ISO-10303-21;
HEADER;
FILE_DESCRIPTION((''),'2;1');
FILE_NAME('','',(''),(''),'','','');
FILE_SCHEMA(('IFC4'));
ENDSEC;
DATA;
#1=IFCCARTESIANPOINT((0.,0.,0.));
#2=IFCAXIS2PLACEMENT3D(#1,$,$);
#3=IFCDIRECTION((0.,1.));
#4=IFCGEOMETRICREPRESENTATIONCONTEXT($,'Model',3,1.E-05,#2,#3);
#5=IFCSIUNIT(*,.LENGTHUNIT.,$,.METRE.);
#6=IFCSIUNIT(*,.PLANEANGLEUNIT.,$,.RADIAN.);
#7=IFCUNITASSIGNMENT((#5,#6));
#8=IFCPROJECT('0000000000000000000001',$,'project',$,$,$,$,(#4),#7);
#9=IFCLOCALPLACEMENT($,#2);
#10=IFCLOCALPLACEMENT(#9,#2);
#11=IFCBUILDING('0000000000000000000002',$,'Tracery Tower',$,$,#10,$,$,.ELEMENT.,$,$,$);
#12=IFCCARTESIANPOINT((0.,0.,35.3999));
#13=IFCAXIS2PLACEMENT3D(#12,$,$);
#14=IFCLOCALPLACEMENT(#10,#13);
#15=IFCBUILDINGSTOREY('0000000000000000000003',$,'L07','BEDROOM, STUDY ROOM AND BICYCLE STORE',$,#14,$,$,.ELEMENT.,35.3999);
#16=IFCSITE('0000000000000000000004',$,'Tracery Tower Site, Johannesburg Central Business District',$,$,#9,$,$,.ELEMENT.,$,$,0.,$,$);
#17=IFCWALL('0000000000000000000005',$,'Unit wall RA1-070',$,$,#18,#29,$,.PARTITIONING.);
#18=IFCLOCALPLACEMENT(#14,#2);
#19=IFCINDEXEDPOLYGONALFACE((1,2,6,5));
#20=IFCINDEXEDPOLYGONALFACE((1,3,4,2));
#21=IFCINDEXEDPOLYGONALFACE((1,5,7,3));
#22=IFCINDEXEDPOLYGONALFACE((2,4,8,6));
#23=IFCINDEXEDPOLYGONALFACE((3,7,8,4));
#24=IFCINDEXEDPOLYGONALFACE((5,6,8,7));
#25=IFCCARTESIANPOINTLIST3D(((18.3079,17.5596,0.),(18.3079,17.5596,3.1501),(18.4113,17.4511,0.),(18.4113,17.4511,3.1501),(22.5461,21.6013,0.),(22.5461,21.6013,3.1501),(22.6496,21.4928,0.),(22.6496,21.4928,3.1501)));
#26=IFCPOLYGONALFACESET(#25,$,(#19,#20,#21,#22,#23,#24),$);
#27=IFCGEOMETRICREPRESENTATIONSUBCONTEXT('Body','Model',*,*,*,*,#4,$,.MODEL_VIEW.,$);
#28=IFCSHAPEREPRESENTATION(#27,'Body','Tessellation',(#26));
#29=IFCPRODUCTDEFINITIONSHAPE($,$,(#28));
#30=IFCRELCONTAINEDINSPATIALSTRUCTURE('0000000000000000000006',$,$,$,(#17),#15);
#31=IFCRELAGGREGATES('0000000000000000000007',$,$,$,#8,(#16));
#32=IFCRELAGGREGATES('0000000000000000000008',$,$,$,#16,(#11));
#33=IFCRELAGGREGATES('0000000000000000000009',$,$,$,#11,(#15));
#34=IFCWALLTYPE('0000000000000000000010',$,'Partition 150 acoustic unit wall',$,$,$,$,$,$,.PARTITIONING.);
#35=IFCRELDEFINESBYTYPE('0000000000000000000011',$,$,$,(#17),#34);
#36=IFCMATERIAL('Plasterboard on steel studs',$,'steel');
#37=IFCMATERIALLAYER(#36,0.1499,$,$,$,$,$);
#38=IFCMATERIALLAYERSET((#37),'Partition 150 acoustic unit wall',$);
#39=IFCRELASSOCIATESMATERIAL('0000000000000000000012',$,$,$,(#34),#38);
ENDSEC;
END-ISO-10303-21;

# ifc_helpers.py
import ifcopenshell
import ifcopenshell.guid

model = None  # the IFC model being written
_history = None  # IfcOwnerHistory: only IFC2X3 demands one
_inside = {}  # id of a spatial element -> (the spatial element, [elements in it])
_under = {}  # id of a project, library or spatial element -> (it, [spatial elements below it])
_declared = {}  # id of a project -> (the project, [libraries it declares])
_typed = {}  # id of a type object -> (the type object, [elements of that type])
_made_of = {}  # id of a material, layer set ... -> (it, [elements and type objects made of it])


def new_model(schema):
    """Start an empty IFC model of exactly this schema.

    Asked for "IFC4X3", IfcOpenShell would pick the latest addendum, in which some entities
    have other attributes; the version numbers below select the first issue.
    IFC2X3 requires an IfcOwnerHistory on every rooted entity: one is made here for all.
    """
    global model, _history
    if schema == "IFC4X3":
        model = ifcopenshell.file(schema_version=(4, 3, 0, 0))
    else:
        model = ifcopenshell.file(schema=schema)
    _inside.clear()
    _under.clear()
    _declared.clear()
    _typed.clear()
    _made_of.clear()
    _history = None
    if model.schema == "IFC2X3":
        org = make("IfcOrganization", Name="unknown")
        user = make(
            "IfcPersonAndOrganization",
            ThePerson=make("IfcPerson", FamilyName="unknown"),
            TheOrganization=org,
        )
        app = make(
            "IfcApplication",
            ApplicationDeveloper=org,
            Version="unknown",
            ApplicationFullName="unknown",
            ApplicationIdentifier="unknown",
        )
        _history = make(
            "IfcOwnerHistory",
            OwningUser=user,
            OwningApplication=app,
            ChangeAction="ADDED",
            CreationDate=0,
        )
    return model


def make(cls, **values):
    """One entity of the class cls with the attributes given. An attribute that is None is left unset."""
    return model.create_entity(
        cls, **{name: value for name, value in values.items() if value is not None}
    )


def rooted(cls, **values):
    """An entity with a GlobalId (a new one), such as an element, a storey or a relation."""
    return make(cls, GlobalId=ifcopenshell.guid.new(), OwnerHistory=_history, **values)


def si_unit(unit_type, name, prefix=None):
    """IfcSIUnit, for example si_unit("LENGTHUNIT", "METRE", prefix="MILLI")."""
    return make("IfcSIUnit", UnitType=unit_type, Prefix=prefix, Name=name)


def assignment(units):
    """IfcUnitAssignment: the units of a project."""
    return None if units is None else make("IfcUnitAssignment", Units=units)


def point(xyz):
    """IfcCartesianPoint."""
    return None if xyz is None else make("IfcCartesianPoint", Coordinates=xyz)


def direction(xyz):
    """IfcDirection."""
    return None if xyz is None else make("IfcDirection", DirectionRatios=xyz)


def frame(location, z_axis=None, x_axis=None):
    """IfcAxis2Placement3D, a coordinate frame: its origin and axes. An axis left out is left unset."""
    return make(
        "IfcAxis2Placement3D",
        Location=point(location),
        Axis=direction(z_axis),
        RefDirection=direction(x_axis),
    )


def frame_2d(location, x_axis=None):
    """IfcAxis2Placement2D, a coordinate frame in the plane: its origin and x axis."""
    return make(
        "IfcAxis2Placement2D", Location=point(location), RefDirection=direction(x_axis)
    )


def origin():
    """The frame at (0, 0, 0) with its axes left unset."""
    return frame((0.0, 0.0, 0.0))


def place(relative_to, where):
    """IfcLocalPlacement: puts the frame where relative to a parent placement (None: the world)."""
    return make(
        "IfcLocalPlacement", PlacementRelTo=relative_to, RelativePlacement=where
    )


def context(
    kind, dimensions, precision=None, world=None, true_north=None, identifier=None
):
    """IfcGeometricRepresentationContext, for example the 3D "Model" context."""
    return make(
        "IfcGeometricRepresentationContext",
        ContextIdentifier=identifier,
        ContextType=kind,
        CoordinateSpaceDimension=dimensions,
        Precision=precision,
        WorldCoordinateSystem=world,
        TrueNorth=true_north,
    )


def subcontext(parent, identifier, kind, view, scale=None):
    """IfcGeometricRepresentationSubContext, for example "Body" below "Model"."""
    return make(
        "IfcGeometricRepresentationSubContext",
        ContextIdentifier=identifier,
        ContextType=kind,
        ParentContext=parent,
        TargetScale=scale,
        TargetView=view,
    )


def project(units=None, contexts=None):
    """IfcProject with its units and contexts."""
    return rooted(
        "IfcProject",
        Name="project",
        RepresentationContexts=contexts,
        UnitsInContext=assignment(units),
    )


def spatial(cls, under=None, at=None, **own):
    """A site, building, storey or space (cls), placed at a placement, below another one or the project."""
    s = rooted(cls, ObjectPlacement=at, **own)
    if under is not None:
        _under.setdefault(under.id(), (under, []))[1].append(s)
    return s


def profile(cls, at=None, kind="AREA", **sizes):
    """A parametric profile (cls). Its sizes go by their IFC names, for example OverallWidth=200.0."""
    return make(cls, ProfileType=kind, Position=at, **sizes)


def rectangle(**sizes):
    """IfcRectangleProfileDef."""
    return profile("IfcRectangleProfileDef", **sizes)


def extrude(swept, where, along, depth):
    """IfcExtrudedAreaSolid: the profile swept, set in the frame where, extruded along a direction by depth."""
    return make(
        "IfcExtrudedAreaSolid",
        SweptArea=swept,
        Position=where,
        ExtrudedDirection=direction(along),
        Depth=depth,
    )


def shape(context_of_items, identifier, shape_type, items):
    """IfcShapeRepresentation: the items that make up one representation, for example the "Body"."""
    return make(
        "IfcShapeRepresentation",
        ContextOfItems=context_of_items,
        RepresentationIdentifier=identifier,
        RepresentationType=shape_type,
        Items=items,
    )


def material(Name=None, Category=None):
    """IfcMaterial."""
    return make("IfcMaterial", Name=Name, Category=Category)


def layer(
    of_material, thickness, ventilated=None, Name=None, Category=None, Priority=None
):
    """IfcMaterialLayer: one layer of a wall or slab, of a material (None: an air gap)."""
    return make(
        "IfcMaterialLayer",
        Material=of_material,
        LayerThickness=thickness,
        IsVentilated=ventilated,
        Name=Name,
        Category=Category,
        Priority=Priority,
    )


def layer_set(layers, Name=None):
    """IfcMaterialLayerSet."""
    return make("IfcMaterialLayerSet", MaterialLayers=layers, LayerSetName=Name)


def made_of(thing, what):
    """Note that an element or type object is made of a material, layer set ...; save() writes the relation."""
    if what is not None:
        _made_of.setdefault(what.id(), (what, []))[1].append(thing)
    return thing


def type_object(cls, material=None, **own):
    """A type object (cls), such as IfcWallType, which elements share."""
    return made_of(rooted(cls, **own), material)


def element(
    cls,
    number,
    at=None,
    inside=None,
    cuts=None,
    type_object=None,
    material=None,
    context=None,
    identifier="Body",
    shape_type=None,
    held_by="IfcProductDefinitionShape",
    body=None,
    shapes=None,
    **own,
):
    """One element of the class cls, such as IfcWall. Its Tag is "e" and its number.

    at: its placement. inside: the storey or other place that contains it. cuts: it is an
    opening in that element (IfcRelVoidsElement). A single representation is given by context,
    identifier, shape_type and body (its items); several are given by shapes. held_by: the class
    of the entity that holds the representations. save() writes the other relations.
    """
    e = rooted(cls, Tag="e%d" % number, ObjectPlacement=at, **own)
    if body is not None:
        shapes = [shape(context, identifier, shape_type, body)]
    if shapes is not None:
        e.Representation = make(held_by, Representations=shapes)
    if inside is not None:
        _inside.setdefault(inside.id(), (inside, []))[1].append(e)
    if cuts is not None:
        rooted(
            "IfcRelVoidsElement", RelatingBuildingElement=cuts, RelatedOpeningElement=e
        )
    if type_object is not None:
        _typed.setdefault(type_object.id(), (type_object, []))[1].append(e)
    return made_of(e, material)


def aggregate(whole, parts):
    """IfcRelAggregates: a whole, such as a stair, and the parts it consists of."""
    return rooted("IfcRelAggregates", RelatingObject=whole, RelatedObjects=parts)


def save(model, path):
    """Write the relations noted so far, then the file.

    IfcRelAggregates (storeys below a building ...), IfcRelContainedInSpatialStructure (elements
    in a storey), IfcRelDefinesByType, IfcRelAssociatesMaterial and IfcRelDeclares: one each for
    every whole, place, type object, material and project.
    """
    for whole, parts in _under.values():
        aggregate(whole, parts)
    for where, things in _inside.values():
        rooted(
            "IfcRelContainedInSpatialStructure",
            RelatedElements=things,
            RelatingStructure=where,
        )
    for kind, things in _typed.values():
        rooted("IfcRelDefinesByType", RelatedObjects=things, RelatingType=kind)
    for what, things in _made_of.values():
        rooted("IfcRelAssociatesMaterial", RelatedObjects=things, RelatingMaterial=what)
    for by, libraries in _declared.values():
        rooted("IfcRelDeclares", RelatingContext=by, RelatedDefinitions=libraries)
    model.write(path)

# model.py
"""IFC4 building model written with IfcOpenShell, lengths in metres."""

from ifc_helpers import new_model, si_unit, direction, frame, frame_2d, origin, place, context, subcontext, project, spatial, rectangle, extrude, material, layer, layer_set, type_object, element, save


model = new_model("IFC4")

# Units and contexts
model_context = context("Model", 3, precision=1e-05, world=origin(), true_north=direction((0.0, 1.0)))
body_context = subcontext(model_context, "Body", "Model", "MODEL_VIEW")
ifc_project = project(units=[si_unit("LENGTHUNIT", "METRE"), si_unit("PLANEANGLEUNIT", "RADIAN")], contexts=[model_context])

# Site, building, storey
site_placement = place(None, origin())
site = spatial("IfcSite", under=ifc_project, at=site_placement, Name="Tracery Tower Site, Johannesburg Central Business District", CompositionType="ELEMENT", RefElevation=0.0)
building_placement = place(site_placement, origin())
building = spatial("IfcBuilding", under=site, at=building_placement, Name="Tracery Tower", CompositionType="ELEMENT")
storey_placement = place(building_placement, frame((0.0, 0.0, 35.3999)))
storey = spatial("IfcBuildingStorey", under=building, at=storey_placement, Name="L07", Description="BEDROOM, STUDY ROOM AND BICYCLE STORE", CompositionType="ELEMENT", Elevation=35.3999)

# Wall
ifc_material_1 = material(Name="Plasterboard on steel studs", Category="steel")
ifc_layer_1 = layer(ifc_material_1, 0.1499)
ifc_layer_set_1 = layer_set([ifc_layer_1], Name="Partition 150 acoustic unit wall")
wall_type_1 = type_object("IfcWallType", Name="Partition 150 acoustic unit wall", PredefinedType="PARTITIONING", material=ifc_layer_set_1)
wall_1_placement = place(storey_placement, frame((18.3596, 17.5054, 0.0), z_axis=(0.0, 0.0, 1.0), x_axis=(0.723687, 0.690129, 0.0)))
element("IfcWall", 1, at=wall_1_placement, inside=storey, type_object=wall_type_1, Name="Unit wall RA1-070", PredefinedType="PARTITIONING", context=body_context, shape_type="SweptSolid", body=[
    extrude(rectangle(XDim=5.8564, YDim=0.1499, at=frame_2d((2.9282, 0.0))), origin(), (0.0, 0.0, 1.0), 3.1501),
])

save(model, "model.ifc")
